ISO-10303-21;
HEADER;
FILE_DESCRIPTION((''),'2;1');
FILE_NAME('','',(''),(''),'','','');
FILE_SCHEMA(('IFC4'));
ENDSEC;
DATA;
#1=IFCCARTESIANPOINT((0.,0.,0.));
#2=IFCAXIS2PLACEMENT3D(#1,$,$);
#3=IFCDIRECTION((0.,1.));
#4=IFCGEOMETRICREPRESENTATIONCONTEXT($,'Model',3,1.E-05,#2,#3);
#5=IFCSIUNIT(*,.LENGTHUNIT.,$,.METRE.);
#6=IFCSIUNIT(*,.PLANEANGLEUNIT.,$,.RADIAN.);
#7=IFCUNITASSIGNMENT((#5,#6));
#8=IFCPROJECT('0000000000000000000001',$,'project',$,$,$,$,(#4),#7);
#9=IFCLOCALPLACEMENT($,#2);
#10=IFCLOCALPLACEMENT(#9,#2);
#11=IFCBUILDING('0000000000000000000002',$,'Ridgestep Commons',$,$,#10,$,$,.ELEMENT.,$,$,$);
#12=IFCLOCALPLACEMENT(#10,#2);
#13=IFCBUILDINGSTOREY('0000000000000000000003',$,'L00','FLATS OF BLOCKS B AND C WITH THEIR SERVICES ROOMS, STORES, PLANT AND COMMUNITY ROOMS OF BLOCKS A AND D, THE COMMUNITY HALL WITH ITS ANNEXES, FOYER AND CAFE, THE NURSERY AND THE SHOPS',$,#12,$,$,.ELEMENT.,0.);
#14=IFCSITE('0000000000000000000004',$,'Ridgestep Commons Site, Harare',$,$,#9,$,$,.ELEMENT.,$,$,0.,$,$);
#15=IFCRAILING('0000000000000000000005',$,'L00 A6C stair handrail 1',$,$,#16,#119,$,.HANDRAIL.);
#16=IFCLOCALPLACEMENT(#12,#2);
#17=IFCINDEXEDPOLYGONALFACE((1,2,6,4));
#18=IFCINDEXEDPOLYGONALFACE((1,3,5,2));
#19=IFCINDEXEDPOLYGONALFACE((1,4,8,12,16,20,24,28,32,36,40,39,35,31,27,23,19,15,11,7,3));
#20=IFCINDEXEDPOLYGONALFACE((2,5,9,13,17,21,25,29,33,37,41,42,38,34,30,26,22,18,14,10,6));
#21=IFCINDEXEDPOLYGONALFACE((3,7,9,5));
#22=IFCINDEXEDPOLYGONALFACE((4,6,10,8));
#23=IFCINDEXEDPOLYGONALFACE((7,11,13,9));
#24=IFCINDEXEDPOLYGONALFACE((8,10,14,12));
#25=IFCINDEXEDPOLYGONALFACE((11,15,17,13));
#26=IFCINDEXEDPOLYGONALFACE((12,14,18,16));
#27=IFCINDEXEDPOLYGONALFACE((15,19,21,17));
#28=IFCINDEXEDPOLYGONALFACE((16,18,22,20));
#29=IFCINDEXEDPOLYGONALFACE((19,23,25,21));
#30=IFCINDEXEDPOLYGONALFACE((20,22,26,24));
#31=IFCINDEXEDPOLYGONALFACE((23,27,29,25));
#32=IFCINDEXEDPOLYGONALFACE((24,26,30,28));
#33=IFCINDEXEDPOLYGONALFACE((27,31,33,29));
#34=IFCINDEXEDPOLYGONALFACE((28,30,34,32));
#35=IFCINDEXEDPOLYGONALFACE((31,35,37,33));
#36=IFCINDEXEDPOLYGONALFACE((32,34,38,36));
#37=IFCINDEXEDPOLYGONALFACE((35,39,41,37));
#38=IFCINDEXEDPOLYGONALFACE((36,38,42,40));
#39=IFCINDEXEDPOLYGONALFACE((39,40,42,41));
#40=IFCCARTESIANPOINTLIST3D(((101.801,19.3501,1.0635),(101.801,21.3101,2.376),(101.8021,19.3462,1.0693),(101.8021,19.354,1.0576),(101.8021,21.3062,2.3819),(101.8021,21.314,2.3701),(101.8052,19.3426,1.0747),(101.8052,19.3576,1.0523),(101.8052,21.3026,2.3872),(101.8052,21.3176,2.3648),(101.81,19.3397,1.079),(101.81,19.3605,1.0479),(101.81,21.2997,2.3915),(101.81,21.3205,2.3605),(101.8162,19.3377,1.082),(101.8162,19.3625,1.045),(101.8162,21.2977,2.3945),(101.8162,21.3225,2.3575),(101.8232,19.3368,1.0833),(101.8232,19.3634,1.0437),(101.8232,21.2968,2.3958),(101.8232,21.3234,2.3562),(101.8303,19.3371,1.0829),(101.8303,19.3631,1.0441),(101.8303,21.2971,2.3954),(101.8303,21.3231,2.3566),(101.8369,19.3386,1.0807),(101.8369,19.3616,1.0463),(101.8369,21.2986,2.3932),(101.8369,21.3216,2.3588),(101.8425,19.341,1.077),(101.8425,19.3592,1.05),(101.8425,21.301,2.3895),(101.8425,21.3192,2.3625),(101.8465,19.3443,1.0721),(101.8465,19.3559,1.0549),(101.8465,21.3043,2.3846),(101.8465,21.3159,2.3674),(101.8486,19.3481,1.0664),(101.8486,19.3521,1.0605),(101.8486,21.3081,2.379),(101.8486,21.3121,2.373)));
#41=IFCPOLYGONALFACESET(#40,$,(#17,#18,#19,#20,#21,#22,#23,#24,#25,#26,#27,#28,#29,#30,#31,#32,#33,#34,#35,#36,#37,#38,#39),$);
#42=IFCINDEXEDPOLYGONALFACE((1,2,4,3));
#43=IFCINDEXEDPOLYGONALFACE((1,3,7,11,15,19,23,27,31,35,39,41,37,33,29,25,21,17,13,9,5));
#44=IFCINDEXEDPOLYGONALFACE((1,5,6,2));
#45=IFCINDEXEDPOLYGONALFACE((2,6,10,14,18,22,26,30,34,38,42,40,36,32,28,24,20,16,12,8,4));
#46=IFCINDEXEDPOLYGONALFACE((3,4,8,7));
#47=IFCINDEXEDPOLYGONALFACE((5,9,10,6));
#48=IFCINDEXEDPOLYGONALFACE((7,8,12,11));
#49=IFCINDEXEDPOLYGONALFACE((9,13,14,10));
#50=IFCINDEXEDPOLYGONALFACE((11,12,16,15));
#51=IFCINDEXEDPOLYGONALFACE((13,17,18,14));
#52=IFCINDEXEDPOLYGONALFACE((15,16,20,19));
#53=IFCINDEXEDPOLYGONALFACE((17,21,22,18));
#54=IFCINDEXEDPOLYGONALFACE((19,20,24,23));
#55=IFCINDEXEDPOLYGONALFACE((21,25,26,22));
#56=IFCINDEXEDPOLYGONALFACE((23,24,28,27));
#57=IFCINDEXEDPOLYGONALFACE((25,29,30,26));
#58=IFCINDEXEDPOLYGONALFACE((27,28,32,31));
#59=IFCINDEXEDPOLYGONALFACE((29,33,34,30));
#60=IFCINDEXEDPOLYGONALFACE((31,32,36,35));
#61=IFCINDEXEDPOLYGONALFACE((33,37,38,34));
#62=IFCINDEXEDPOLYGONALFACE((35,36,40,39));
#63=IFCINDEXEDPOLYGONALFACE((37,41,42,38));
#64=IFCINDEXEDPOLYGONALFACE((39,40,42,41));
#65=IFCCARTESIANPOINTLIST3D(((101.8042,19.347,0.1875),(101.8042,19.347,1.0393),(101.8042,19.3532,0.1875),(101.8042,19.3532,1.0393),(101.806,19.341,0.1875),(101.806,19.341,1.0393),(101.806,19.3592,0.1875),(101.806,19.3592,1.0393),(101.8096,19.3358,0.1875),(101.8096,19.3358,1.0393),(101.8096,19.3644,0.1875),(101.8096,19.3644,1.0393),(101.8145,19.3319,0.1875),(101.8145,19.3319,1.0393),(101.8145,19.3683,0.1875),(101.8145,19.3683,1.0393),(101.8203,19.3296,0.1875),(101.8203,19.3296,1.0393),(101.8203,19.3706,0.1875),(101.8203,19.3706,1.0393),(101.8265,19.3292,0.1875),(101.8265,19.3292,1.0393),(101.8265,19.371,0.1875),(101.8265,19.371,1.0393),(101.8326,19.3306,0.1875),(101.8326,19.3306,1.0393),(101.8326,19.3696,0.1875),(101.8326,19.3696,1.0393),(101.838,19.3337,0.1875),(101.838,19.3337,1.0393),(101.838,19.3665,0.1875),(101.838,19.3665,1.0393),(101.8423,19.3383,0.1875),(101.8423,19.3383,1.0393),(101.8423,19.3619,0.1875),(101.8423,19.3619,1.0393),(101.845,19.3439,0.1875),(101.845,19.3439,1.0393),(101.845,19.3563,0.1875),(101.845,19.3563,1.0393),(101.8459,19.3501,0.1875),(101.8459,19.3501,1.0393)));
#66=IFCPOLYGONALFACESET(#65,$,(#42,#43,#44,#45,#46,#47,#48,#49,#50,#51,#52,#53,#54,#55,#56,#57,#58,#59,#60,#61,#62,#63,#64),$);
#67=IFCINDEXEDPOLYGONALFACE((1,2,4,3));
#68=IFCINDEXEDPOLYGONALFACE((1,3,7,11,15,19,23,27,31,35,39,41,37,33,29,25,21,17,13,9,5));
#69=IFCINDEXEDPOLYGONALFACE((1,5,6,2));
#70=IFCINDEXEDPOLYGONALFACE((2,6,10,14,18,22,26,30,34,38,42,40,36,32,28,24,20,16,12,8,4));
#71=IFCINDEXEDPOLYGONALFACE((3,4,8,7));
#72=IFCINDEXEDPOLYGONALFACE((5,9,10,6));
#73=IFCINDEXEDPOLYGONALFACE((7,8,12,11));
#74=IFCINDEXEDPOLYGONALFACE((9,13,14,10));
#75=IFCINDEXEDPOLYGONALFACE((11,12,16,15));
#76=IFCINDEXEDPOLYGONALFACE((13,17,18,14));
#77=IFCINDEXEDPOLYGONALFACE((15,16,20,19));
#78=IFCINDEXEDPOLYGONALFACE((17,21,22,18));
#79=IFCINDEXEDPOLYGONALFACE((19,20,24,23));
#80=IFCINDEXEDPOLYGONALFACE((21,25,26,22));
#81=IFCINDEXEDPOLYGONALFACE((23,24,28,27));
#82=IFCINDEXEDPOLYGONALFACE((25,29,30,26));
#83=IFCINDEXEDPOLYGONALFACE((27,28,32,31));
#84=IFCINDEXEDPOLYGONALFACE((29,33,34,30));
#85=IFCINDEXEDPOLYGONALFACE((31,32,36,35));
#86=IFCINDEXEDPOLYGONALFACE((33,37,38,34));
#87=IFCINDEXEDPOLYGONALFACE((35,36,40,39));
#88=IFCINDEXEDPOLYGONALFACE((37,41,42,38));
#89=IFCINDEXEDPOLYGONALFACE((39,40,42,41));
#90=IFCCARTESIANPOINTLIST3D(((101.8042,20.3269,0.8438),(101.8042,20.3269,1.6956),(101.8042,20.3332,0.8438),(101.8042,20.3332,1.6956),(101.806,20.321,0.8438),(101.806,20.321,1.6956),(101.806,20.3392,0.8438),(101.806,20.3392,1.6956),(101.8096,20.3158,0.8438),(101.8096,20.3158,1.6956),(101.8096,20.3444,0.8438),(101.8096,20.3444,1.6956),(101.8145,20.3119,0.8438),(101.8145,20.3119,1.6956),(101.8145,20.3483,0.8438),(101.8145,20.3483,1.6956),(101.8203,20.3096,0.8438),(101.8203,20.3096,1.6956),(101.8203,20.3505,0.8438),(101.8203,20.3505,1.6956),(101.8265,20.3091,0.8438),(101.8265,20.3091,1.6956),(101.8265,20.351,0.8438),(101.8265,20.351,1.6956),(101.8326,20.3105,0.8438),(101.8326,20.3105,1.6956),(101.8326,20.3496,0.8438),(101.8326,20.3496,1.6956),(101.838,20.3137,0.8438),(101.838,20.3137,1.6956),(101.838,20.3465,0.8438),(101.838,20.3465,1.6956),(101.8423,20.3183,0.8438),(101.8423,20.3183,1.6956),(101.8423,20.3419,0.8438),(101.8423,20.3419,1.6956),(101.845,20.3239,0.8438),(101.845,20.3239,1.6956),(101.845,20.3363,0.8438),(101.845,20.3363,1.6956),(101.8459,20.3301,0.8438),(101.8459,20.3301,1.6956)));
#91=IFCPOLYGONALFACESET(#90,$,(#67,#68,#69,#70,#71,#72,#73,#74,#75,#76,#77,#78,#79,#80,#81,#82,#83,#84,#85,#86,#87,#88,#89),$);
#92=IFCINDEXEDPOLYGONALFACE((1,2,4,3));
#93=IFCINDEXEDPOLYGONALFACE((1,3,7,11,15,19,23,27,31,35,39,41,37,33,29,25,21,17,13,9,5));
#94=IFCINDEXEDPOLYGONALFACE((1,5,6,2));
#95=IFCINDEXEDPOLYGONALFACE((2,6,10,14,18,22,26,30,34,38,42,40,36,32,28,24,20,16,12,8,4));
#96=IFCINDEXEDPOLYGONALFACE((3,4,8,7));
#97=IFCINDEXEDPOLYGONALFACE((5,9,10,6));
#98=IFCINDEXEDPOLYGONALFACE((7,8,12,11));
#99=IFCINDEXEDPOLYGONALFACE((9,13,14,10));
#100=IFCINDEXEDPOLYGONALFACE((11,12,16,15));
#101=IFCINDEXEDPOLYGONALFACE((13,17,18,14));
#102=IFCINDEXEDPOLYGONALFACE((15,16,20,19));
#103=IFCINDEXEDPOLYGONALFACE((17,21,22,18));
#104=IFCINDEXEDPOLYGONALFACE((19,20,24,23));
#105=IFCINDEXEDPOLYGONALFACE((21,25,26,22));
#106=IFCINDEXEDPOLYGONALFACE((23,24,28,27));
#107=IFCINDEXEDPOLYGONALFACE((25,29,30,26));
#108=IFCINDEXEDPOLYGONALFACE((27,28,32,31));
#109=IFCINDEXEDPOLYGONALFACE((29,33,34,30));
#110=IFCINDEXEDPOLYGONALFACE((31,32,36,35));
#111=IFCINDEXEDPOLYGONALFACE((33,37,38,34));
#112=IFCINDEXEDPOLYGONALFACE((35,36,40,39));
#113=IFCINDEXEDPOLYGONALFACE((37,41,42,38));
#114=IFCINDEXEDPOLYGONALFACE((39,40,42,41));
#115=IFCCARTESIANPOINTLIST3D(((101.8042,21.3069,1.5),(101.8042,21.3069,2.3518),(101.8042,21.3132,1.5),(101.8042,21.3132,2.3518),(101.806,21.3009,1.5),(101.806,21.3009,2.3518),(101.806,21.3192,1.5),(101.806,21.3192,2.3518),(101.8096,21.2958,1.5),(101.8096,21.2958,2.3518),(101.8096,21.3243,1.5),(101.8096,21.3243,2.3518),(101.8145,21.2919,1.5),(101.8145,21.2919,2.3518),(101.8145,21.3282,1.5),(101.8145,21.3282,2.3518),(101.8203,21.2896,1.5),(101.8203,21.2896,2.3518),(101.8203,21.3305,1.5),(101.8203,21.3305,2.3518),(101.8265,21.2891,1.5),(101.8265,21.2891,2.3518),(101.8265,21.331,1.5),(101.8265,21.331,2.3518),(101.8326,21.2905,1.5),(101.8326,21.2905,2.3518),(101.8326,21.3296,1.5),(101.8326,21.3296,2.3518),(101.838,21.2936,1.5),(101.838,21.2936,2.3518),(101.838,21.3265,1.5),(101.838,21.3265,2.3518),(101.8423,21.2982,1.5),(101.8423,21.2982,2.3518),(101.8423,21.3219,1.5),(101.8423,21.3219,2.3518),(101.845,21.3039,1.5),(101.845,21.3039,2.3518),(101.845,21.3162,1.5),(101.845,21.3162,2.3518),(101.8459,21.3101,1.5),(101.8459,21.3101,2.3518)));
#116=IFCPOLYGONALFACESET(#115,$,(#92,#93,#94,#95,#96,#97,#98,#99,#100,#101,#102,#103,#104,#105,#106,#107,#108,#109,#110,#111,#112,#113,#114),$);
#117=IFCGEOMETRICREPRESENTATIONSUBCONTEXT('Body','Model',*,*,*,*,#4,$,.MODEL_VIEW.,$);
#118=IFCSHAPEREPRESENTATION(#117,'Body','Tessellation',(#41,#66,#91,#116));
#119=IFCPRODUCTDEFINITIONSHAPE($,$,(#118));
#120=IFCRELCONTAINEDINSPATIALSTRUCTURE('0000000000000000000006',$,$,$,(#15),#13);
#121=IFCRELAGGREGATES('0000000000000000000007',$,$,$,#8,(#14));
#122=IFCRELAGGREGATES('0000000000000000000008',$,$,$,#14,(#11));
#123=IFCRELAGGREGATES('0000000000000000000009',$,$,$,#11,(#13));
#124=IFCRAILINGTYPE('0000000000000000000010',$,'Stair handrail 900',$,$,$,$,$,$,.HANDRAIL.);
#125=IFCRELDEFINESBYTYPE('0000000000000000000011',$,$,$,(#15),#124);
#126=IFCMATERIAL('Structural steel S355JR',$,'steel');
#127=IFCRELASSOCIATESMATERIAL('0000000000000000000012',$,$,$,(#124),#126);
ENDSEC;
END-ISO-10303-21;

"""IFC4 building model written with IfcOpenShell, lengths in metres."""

from ifc_helpers import new_model, si_unit, direction, frame, origin, origin_2d, place, context, subcontext, project, spatial, circle, extrude, material, type_object, element, save


model = new_model("IFC4")

# Units and contexts
model_context = context("Model", 3, precision=1e-05, world=origin(), true_north=direction((0.0, 1.0)))
body_context = subcontext(model_context, "Body", "Model", "MODEL_VIEW")
ifc_project = project(units=[si_unit("LENGTHUNIT", "METRE"), si_unit("PLANEANGLEUNIT", "RADIAN")], contexts=[model_context])

# Site, building, storey
site_placement = place(None, origin())
site = spatial("IfcSite", under=ifc_project, at=site_placement, Name="Ridgestep Commons Site, Harare", CompositionType="ELEMENT", RefElevation=0.0)
building_placement = place(site_placement, origin())
building = spatial("IfcBuilding", under=site, at=building_placement, Name="Ridgestep Commons", CompositionType="ELEMENT")
storey_placement = place(building_placement, origin())
storey = spatial("IfcBuildingStorey", under=building, at=storey_placement, Name="L00", Description="FLATS OF BLOCKS B AND C WITH THEIR SERVICES ROOMS, STORES, PLANT AND COMMUNITY ROOMS OF BLOCKS A AND D, THE COMMUNITY HALL WITH ITS ANNEXES, FOYER AND CAFE, THE NURSERY AND THE SHOPS", CompositionType="ELEMENT", Elevation=0.0)

# Railing
ifc_material_1 = material(Name="Structural steel S355JR", Category="steel")
railing_type_1 = type_object("IfcRailingType", Name="Stair handrail 900", PredefinedType="HANDRAIL", material=ifc_material_1)
railing_1_placement = place(storey_placement, frame((101.825, 19.3501, 0.1875)))
element("IfcRailing", 1, at=railing_1_placement, inside=storey, type_object=railing_type_1, Name="L00 A6C stair handrail 1", PredefinedType="HANDRAIL", context=body_context, shape_type="SweptSolid", body=[
    extrude(circle(Radius=0.0239, at=origin_2d()), frame((0.0, 0.0, 0.876), z_axis=(0.0, 0.830902, 0.556419), x_axis=(-1.0, 0.0, 0.0)), (0.0, 0.0, 1.0), 2.3589),
    extrude(circle(Radius=0.021, at=origin_2d()), origin(), (0.0, 0.0, 1.0), 0.8518),
    extrude(circle(Radius=0.021, at=origin_2d()), frame((0.0, 0.98, 0.6562)), (0.0, 0.0, 1.0), 0.8518),
    extrude(circle(Radius=0.021, at=origin_2d()), frame((0.0, 1.96, 1.3125)), (0.0, 0.0, 1.0), 0.8518),
])

save(model, "model.ifc")
